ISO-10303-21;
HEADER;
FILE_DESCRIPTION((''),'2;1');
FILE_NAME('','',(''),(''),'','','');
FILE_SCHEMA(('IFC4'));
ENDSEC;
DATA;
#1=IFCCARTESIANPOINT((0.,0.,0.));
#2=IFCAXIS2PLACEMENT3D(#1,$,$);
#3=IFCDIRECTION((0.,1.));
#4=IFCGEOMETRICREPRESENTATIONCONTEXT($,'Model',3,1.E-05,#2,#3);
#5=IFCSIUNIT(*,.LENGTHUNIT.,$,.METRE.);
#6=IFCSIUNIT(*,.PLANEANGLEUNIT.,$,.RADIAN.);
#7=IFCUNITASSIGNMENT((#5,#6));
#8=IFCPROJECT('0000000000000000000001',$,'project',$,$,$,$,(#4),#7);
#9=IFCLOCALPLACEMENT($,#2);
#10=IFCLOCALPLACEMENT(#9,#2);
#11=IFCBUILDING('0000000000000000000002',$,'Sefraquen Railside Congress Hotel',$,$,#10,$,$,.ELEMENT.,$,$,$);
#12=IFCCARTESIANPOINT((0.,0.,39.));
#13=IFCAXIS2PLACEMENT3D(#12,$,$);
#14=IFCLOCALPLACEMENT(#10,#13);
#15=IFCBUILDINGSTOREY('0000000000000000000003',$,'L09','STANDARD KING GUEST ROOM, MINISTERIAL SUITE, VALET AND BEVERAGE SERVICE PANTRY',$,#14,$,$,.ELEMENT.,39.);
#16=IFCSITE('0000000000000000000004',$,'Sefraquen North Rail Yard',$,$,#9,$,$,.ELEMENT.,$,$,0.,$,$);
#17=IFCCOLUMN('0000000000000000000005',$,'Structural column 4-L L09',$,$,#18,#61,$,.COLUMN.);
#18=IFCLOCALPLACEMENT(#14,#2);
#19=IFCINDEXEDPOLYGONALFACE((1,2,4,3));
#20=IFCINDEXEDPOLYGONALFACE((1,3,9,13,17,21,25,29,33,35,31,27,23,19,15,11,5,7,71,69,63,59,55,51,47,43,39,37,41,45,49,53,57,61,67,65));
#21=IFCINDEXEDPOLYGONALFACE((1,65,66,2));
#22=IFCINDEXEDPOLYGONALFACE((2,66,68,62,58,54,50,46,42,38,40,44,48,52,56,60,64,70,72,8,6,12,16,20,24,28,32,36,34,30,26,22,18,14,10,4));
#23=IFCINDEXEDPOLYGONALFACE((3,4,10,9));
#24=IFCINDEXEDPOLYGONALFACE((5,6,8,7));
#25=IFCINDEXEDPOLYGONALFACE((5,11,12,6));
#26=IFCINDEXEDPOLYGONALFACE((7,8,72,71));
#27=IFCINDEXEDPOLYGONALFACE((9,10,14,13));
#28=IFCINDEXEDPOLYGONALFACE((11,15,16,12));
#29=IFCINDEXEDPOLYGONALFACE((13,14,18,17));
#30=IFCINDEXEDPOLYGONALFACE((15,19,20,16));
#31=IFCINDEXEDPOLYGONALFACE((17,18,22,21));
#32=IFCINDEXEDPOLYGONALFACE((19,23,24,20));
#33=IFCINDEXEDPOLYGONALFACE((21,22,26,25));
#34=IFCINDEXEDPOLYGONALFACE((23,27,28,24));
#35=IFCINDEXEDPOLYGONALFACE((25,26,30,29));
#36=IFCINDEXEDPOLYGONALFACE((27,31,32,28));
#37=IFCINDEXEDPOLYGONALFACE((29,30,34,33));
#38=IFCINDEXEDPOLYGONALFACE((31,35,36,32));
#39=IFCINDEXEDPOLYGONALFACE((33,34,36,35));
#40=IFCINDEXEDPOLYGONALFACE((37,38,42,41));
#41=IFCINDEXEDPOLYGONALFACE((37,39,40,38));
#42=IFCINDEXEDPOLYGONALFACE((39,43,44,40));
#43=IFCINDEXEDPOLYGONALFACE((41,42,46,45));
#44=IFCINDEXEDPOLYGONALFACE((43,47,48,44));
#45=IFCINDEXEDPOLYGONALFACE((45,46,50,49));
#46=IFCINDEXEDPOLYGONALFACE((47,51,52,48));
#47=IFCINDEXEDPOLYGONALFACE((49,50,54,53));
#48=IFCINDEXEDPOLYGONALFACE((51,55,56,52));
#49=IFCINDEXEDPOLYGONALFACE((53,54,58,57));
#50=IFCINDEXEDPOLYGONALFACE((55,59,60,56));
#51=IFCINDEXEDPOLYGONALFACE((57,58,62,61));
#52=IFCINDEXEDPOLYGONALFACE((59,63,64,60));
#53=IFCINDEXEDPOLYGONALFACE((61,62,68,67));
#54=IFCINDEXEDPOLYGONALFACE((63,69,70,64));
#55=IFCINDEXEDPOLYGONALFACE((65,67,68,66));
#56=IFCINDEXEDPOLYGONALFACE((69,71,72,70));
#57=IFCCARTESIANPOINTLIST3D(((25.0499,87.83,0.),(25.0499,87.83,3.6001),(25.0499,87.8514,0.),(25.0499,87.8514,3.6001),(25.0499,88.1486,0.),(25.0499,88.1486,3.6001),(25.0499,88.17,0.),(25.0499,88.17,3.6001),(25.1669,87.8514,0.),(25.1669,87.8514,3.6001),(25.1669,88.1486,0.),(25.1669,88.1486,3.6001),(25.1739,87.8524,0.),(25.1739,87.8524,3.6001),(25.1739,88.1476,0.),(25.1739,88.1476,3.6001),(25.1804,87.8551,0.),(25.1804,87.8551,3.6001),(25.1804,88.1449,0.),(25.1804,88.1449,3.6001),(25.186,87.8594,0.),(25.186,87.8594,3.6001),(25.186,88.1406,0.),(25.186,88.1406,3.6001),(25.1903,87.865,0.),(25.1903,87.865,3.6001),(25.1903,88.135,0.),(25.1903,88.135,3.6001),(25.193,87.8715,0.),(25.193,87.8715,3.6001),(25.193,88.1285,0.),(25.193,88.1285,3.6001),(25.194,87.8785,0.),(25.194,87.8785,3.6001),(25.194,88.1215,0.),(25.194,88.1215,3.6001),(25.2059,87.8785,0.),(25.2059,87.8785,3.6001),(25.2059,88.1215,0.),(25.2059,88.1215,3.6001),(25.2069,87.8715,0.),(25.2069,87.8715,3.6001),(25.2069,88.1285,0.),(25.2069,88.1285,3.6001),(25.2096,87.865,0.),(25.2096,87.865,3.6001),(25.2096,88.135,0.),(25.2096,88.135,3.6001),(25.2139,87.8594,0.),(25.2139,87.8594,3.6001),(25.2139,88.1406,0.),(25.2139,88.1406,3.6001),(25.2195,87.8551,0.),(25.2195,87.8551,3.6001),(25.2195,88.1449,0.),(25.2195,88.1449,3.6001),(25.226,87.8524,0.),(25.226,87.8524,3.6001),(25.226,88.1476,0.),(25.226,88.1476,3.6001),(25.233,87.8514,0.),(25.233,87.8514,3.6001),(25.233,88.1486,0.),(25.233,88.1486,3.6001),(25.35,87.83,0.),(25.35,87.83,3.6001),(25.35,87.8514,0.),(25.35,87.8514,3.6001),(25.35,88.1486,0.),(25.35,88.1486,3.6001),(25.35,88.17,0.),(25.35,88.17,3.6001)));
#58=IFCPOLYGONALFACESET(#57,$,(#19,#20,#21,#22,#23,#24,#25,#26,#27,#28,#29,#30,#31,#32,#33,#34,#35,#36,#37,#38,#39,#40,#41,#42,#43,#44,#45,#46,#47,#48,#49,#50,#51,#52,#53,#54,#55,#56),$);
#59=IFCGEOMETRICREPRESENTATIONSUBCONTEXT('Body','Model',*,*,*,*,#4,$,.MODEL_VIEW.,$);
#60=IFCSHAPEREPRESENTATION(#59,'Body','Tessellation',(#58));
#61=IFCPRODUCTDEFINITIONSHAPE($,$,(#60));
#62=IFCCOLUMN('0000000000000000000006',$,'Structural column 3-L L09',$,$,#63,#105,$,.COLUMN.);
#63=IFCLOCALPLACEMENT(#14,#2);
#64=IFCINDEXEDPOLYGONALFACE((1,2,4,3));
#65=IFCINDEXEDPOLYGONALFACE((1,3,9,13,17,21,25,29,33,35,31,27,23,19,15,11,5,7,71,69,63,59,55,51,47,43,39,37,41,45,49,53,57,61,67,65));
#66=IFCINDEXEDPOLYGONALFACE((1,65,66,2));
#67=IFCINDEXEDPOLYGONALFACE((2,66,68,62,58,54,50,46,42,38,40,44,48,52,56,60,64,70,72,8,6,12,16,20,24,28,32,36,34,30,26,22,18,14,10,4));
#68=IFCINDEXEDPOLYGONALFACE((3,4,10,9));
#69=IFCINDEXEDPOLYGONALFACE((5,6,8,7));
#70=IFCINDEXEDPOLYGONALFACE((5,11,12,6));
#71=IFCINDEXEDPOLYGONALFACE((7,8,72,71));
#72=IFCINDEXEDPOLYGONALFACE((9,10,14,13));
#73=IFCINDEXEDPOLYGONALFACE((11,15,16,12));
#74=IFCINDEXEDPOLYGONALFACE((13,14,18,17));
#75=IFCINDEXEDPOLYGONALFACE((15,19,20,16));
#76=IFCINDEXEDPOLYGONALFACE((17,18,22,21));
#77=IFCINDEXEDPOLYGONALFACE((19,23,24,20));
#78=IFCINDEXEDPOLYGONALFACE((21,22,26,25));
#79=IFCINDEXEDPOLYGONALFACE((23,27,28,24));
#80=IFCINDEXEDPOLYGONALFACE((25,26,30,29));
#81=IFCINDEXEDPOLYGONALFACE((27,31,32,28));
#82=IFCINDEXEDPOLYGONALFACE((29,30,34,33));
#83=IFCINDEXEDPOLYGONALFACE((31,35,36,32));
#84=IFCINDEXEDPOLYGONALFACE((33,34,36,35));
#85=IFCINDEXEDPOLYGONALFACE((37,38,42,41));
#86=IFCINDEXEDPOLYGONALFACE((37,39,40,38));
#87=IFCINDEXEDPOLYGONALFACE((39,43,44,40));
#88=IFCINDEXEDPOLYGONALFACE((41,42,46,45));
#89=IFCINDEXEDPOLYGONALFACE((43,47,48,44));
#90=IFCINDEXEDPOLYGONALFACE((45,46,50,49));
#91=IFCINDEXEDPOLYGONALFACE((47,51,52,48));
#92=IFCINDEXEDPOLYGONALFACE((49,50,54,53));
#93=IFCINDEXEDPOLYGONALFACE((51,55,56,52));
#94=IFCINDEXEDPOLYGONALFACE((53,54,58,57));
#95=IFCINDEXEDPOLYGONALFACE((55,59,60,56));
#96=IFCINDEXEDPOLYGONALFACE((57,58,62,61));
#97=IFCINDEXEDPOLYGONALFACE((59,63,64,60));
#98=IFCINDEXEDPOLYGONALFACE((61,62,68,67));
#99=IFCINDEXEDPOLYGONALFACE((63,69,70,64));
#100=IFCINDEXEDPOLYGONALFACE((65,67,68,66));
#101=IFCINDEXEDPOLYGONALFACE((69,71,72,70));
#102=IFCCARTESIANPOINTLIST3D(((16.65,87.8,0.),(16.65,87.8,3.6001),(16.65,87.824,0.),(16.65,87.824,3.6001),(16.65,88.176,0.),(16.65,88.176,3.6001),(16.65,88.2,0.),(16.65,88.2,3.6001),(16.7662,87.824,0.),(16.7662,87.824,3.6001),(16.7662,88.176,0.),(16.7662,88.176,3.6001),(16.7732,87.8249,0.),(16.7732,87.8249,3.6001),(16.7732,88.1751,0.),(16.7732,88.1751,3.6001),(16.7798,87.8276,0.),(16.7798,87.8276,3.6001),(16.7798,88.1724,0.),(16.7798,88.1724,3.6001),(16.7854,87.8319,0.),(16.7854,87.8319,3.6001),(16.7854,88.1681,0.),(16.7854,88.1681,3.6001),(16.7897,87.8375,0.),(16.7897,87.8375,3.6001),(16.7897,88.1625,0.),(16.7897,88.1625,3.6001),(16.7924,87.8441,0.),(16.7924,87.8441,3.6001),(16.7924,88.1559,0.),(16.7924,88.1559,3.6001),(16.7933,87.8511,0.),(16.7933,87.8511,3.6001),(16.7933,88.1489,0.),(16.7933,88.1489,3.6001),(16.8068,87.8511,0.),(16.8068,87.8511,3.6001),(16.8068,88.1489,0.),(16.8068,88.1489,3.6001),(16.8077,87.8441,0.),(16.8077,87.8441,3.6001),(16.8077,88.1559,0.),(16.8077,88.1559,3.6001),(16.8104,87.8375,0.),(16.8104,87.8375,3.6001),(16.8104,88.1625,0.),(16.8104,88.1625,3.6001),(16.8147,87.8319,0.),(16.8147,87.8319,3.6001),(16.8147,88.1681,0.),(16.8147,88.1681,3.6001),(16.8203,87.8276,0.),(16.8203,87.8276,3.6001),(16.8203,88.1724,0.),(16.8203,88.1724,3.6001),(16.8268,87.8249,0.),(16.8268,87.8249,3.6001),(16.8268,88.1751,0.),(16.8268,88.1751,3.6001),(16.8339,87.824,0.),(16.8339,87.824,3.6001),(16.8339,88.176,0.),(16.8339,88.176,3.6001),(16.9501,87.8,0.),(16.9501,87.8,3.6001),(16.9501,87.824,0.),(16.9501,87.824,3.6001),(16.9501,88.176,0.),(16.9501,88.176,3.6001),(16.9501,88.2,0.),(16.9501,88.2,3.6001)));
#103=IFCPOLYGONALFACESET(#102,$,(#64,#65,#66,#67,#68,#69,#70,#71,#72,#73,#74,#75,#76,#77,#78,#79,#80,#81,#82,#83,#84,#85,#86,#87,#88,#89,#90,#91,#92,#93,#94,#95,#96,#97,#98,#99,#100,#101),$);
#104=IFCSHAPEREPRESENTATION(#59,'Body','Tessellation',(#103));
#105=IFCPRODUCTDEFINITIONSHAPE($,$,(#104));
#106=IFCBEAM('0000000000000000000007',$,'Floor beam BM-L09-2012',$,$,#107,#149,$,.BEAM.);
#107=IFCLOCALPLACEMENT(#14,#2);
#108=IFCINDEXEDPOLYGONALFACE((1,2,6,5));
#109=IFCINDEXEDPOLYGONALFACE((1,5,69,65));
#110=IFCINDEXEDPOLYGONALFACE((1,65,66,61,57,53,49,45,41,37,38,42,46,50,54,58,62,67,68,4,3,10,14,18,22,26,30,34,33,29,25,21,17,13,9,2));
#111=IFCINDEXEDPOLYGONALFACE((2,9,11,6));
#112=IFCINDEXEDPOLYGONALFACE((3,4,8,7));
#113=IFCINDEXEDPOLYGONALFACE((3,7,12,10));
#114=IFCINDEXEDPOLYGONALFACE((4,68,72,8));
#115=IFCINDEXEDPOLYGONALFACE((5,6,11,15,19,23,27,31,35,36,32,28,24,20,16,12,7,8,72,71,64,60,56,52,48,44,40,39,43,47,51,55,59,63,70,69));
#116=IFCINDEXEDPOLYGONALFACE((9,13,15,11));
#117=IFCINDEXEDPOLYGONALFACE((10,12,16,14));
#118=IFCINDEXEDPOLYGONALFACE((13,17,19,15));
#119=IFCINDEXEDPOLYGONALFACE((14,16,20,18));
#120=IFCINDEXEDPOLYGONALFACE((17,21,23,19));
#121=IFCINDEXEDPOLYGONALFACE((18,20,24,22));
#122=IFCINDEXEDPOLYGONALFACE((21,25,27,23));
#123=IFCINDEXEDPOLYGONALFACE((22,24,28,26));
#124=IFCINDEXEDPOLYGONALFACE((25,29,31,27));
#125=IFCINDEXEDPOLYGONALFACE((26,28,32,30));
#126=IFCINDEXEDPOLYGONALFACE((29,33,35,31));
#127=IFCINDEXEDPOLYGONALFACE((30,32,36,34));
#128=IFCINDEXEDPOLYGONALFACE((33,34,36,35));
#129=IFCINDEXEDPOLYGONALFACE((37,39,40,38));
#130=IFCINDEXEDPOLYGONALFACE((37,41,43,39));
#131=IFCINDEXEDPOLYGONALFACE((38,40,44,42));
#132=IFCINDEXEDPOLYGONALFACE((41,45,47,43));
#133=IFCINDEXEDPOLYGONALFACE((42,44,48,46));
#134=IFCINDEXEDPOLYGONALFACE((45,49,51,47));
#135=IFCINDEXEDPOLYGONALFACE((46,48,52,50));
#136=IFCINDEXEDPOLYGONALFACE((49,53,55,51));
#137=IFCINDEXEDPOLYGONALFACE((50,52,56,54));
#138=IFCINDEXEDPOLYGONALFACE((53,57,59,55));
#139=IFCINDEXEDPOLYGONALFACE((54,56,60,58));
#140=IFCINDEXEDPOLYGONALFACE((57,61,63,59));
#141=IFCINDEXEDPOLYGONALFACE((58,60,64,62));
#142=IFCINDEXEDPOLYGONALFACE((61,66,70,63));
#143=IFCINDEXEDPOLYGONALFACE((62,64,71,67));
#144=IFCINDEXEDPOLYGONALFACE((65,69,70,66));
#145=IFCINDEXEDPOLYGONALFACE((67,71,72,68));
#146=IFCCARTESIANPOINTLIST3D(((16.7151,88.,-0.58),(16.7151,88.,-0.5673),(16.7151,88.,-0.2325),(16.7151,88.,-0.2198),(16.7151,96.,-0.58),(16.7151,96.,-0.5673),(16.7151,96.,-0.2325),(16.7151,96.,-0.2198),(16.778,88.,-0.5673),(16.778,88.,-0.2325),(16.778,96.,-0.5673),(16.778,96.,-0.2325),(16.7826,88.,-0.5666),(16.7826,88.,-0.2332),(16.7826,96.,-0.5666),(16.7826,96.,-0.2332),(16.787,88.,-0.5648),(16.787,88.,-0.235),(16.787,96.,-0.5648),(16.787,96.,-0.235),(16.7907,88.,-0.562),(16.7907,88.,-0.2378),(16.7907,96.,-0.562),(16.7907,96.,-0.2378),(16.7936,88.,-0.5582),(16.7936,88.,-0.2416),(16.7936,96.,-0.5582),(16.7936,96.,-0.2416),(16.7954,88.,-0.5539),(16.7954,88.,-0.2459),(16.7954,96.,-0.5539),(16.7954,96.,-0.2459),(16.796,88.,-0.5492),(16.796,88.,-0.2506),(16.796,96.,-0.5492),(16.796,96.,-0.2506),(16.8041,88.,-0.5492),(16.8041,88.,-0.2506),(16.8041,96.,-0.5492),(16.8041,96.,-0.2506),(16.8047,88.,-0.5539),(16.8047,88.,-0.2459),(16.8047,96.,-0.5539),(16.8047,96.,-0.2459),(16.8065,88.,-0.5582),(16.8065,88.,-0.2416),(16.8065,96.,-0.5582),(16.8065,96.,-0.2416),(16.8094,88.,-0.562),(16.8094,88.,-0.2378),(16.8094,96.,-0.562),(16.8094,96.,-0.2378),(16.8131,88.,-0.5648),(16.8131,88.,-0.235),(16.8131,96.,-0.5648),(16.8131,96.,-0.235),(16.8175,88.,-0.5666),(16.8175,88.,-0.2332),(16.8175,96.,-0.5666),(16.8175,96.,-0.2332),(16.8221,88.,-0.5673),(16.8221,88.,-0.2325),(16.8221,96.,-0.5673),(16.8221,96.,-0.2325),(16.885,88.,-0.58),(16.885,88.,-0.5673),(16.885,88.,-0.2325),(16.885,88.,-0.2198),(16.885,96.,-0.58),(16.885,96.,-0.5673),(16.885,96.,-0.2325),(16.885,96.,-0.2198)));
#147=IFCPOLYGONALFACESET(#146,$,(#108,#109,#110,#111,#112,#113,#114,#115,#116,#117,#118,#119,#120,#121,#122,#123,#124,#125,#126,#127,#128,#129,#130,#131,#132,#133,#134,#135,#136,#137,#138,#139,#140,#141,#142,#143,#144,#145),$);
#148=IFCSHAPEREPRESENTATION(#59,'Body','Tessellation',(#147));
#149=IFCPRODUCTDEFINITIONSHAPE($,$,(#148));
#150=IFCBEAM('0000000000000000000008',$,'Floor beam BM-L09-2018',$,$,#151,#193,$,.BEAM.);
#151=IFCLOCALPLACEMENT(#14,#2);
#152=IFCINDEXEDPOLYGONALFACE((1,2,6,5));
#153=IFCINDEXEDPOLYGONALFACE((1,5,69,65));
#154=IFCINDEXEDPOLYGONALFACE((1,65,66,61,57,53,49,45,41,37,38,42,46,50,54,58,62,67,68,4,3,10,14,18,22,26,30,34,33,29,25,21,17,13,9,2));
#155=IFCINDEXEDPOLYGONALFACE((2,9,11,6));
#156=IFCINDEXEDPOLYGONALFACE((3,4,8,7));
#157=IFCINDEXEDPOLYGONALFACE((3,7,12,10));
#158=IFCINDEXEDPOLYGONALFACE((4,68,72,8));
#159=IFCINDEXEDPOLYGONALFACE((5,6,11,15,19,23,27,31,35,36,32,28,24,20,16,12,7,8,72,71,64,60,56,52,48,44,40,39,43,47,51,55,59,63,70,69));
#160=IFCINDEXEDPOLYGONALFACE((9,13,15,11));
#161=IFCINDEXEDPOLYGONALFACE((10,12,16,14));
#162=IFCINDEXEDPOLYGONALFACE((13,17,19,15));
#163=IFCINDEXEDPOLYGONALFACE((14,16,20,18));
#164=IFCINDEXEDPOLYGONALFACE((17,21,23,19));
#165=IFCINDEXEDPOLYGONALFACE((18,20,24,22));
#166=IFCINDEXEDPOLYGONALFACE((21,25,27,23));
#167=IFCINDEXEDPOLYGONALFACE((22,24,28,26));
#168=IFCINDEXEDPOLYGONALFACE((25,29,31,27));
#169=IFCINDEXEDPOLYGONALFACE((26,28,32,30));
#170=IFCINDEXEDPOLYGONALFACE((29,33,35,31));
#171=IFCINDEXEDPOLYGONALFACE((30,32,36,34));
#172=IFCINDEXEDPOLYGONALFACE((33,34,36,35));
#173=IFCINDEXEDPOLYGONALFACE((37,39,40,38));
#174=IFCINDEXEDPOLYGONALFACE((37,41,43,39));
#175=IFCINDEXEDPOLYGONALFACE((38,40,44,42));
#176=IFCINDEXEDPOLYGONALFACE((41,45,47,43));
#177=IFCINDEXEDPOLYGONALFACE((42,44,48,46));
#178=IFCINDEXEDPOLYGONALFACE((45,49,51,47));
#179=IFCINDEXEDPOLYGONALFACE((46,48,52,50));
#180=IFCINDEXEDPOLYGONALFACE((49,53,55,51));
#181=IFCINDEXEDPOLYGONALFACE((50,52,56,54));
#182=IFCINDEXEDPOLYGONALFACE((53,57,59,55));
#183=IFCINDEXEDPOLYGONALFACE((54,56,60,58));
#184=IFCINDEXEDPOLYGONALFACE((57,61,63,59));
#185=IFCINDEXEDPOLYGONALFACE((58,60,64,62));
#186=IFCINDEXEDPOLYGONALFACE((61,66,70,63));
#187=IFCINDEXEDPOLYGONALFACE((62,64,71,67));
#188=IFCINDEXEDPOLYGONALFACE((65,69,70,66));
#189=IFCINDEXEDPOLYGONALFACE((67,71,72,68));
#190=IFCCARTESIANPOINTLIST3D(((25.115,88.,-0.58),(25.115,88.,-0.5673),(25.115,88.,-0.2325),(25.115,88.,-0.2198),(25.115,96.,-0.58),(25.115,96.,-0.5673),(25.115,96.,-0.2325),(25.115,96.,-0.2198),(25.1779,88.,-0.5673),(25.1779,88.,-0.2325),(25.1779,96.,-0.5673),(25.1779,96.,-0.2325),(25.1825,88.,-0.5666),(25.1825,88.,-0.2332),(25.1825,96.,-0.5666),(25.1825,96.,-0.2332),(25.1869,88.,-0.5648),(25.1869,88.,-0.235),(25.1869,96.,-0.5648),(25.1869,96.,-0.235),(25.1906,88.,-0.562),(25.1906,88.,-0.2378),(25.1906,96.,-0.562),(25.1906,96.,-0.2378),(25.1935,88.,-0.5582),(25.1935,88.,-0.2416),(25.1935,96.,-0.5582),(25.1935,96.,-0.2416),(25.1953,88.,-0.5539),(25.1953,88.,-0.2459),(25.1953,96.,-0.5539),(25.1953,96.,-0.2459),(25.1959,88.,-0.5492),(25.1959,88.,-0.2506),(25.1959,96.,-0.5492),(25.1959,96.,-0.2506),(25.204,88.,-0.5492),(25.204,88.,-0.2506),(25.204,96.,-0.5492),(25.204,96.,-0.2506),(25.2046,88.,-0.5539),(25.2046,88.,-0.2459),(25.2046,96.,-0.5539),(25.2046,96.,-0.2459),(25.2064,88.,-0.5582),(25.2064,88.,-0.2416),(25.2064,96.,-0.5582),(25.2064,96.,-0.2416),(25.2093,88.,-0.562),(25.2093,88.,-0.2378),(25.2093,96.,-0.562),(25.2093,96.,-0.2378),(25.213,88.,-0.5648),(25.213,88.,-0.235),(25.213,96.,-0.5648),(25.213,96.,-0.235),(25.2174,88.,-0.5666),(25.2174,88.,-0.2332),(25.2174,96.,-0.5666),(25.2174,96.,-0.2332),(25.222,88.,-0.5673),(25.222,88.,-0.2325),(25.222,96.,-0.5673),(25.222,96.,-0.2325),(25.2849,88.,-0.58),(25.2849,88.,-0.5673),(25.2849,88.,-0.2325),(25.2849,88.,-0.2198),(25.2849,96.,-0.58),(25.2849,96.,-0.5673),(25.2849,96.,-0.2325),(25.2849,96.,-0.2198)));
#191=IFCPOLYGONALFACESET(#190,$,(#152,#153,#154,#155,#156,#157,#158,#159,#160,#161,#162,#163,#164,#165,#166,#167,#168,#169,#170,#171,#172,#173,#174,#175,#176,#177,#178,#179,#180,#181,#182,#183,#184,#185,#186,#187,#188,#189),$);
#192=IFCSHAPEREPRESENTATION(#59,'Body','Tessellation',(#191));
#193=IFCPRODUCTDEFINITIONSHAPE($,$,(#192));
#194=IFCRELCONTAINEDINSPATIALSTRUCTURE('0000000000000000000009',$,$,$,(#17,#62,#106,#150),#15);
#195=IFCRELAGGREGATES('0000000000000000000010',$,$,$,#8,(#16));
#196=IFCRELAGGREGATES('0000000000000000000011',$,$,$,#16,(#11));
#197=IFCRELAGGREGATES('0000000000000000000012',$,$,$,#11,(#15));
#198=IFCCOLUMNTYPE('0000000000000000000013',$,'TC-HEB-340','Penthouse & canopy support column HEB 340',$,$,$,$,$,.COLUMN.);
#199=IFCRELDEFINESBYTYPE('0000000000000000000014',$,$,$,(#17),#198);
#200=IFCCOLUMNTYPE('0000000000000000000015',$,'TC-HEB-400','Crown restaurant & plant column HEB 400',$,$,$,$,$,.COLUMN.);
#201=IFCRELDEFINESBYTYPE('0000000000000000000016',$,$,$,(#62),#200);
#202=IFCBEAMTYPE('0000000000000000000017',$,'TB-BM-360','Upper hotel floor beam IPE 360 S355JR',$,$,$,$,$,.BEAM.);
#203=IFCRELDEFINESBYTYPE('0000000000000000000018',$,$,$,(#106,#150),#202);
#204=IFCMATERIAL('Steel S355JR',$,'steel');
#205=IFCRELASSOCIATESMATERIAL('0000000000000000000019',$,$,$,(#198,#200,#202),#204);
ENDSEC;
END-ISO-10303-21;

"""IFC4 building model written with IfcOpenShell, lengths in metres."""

from ifc_helpers import new_model, si_unit, direction, frame, origin, origin_2d, place, context, subcontext, project, spatial, i_section, extrude, material, material_profile, profile_set, type_object, element, save


model = new_model("IFC4")

# Units and contexts
model_context = context("Model", 3, precision=1e-05, world=origin(), true_north=direction((0.0, 1.0)))
body_context = subcontext(model_context, "Body", "Model", "MODEL_VIEW")
ifc_project = project(units=[si_unit("LENGTHUNIT", "METRE"), si_unit("PLANEANGLEUNIT", "RADIAN")], contexts=[model_context])

# Site, building, storey
site_placement = place(None, origin())
site = spatial("IfcSite", under=ifc_project, at=site_placement, Name="Sefraquen North Rail Yard", CompositionType="ELEMENT", RefElevation=0.0)
building_placement = place(site_placement, origin())
building = spatial("IfcBuilding", under=site, at=building_placement, Name="Sefraquen Railside Congress Hotel", CompositionType="ELEMENT")
storey_placement = place(building_placement, frame((0.0, 0.0, 39.0)))
storey = spatial("IfcBuildingStorey", under=building, at=storey_placement, Name="L09", Description="STANDARD KING GUEST ROOM, MINISTERIAL SUITE, VALET AND BEVERAGE SERVICE PANTRY", CompositionType="ELEMENT", Elevation=39.0)

# Columns
ifc_material_1 = material(Name="Steel S355JR", Category="steel")
ifc_material_profile_1 = material_profile(ifc_material_1, i_section(OverallWidth=0.3, OverallDepth=0.3401, WebThickness=0.012, FlangeThickness=0.0215, FilletRadius=0.0271, at=origin_2d()), Name="HEB 340")
ifc_profile_set_1 = profile_set([ifc_material_profile_1], Name="Steel S355JR")
column_type_1 = type_object("IfcColumnType", Name="TC-HEB-340", Description="Penthouse & canopy support column HEB 340", PredefinedType="COLUMN", material=ifc_profile_set_1)
column_1_placement = place(storey_placement, frame((25.2, 88.0, 0.0), z_axis=(0.0, 0.0, 1.0), x_axis=(1.0, 0.0, 0.0)))
element("IfcColumn", 1, at=column_1_placement, inside=storey, type_object=column_type_1, Name="Structural column 4-L L09", PredefinedType="COLUMN", context=body_context, shape_type="SweptSolid", body=[
    extrude(i_section(OverallWidth=0.3, OverallDepth=0.3401, WebThickness=0.012, FlangeThickness=0.0215, FilletRadius=0.0271, at=origin_2d()), origin(), (0.0, 0.0, 1.0), 3.6001),
])
ifc_material_profile_2 = material_profile(ifc_material_1, i_section(OverallWidth=0.3, OverallDepth=0.3999, WebThickness=0.0134, FlangeThickness=0.0239, FilletRadius=0.0271, at=origin_2d()), Name="HEB 400")
ifc_profile_set_2 = profile_set([ifc_material_profile_2], Name="Steel S355JR")
column_type_2 = type_object("IfcColumnType", Name="TC-HEB-400", Description="Crown restaurant & plant column HEB 400", PredefinedType="COLUMN", material=ifc_profile_set_2)
column_2_placement = place(storey_placement, frame((16.8, 88.0, 0.0), z_axis=(0.0, 0.0, 1.0), x_axis=(1.0, 0.0, 0.0)))
element("IfcColumn", 2, at=column_2_placement, inside=storey, type_object=column_type_2, Name="Structural column 3-L L09", PredefinedType="COLUMN", context=body_context, shape_type="SweptSolid", body=[
    extrude(i_section(OverallWidth=0.3, OverallDepth=0.3999, WebThickness=0.0134, FlangeThickness=0.0239, FilletRadius=0.0271, at=origin_2d()), origin(), (0.0, 0.0, 1.0), 3.6001),
])

# Beams
ifc_material_profile_3 = material_profile(ifc_material_1, i_section(OverallWidth=0.1699, OverallDepth=0.3601, WebThickness=0.0081, FlangeThickness=0.0127, FilletRadius=0.0181, at=origin_2d()), Name="IPE 360")
ifc_profile_set_3 = profile_set([ifc_material_profile_3], Name="Steel S355JR")
beam_type_1 = type_object("IfcBeamType", Name="TB-BM-360", Description="Upper hotel floor beam IPE 360 S355JR", PredefinedType="BEAM", material=ifc_profile_set_3)
for number, where, z_axis, x_axis, name in (
    (3, (16.8, 88.0, -0.3999), (0.0, 1.0, 0.0), (-1.0, 0.0, 0.0), "Floor beam BM-L09-2012"),
    (4, (25.2, 88.0, -0.3999), (0.0, 1.0, 0.0), (-1.0, 0.0, 0.0), "Floor beam BM-L09-2018"),
):
    element("IfcBeam", number, at=place(storey_placement, frame(where, z_axis=z_axis, x_axis=x_axis)), inside=storey, type_object=beam_type_1, Name=name, PredefinedType="BEAM", context=body_context, shape_type="SweptSolid", body=[
        extrude(i_section(OverallWidth=0.1699, OverallDepth=0.3601, WebThickness=0.0081, FlangeThickness=0.0127, FilletRadius=0.0181, at=origin_2d()), origin(), (0.0, 0.0, 1.0), 8.0),
    ])

save(model, "model.ifc")
